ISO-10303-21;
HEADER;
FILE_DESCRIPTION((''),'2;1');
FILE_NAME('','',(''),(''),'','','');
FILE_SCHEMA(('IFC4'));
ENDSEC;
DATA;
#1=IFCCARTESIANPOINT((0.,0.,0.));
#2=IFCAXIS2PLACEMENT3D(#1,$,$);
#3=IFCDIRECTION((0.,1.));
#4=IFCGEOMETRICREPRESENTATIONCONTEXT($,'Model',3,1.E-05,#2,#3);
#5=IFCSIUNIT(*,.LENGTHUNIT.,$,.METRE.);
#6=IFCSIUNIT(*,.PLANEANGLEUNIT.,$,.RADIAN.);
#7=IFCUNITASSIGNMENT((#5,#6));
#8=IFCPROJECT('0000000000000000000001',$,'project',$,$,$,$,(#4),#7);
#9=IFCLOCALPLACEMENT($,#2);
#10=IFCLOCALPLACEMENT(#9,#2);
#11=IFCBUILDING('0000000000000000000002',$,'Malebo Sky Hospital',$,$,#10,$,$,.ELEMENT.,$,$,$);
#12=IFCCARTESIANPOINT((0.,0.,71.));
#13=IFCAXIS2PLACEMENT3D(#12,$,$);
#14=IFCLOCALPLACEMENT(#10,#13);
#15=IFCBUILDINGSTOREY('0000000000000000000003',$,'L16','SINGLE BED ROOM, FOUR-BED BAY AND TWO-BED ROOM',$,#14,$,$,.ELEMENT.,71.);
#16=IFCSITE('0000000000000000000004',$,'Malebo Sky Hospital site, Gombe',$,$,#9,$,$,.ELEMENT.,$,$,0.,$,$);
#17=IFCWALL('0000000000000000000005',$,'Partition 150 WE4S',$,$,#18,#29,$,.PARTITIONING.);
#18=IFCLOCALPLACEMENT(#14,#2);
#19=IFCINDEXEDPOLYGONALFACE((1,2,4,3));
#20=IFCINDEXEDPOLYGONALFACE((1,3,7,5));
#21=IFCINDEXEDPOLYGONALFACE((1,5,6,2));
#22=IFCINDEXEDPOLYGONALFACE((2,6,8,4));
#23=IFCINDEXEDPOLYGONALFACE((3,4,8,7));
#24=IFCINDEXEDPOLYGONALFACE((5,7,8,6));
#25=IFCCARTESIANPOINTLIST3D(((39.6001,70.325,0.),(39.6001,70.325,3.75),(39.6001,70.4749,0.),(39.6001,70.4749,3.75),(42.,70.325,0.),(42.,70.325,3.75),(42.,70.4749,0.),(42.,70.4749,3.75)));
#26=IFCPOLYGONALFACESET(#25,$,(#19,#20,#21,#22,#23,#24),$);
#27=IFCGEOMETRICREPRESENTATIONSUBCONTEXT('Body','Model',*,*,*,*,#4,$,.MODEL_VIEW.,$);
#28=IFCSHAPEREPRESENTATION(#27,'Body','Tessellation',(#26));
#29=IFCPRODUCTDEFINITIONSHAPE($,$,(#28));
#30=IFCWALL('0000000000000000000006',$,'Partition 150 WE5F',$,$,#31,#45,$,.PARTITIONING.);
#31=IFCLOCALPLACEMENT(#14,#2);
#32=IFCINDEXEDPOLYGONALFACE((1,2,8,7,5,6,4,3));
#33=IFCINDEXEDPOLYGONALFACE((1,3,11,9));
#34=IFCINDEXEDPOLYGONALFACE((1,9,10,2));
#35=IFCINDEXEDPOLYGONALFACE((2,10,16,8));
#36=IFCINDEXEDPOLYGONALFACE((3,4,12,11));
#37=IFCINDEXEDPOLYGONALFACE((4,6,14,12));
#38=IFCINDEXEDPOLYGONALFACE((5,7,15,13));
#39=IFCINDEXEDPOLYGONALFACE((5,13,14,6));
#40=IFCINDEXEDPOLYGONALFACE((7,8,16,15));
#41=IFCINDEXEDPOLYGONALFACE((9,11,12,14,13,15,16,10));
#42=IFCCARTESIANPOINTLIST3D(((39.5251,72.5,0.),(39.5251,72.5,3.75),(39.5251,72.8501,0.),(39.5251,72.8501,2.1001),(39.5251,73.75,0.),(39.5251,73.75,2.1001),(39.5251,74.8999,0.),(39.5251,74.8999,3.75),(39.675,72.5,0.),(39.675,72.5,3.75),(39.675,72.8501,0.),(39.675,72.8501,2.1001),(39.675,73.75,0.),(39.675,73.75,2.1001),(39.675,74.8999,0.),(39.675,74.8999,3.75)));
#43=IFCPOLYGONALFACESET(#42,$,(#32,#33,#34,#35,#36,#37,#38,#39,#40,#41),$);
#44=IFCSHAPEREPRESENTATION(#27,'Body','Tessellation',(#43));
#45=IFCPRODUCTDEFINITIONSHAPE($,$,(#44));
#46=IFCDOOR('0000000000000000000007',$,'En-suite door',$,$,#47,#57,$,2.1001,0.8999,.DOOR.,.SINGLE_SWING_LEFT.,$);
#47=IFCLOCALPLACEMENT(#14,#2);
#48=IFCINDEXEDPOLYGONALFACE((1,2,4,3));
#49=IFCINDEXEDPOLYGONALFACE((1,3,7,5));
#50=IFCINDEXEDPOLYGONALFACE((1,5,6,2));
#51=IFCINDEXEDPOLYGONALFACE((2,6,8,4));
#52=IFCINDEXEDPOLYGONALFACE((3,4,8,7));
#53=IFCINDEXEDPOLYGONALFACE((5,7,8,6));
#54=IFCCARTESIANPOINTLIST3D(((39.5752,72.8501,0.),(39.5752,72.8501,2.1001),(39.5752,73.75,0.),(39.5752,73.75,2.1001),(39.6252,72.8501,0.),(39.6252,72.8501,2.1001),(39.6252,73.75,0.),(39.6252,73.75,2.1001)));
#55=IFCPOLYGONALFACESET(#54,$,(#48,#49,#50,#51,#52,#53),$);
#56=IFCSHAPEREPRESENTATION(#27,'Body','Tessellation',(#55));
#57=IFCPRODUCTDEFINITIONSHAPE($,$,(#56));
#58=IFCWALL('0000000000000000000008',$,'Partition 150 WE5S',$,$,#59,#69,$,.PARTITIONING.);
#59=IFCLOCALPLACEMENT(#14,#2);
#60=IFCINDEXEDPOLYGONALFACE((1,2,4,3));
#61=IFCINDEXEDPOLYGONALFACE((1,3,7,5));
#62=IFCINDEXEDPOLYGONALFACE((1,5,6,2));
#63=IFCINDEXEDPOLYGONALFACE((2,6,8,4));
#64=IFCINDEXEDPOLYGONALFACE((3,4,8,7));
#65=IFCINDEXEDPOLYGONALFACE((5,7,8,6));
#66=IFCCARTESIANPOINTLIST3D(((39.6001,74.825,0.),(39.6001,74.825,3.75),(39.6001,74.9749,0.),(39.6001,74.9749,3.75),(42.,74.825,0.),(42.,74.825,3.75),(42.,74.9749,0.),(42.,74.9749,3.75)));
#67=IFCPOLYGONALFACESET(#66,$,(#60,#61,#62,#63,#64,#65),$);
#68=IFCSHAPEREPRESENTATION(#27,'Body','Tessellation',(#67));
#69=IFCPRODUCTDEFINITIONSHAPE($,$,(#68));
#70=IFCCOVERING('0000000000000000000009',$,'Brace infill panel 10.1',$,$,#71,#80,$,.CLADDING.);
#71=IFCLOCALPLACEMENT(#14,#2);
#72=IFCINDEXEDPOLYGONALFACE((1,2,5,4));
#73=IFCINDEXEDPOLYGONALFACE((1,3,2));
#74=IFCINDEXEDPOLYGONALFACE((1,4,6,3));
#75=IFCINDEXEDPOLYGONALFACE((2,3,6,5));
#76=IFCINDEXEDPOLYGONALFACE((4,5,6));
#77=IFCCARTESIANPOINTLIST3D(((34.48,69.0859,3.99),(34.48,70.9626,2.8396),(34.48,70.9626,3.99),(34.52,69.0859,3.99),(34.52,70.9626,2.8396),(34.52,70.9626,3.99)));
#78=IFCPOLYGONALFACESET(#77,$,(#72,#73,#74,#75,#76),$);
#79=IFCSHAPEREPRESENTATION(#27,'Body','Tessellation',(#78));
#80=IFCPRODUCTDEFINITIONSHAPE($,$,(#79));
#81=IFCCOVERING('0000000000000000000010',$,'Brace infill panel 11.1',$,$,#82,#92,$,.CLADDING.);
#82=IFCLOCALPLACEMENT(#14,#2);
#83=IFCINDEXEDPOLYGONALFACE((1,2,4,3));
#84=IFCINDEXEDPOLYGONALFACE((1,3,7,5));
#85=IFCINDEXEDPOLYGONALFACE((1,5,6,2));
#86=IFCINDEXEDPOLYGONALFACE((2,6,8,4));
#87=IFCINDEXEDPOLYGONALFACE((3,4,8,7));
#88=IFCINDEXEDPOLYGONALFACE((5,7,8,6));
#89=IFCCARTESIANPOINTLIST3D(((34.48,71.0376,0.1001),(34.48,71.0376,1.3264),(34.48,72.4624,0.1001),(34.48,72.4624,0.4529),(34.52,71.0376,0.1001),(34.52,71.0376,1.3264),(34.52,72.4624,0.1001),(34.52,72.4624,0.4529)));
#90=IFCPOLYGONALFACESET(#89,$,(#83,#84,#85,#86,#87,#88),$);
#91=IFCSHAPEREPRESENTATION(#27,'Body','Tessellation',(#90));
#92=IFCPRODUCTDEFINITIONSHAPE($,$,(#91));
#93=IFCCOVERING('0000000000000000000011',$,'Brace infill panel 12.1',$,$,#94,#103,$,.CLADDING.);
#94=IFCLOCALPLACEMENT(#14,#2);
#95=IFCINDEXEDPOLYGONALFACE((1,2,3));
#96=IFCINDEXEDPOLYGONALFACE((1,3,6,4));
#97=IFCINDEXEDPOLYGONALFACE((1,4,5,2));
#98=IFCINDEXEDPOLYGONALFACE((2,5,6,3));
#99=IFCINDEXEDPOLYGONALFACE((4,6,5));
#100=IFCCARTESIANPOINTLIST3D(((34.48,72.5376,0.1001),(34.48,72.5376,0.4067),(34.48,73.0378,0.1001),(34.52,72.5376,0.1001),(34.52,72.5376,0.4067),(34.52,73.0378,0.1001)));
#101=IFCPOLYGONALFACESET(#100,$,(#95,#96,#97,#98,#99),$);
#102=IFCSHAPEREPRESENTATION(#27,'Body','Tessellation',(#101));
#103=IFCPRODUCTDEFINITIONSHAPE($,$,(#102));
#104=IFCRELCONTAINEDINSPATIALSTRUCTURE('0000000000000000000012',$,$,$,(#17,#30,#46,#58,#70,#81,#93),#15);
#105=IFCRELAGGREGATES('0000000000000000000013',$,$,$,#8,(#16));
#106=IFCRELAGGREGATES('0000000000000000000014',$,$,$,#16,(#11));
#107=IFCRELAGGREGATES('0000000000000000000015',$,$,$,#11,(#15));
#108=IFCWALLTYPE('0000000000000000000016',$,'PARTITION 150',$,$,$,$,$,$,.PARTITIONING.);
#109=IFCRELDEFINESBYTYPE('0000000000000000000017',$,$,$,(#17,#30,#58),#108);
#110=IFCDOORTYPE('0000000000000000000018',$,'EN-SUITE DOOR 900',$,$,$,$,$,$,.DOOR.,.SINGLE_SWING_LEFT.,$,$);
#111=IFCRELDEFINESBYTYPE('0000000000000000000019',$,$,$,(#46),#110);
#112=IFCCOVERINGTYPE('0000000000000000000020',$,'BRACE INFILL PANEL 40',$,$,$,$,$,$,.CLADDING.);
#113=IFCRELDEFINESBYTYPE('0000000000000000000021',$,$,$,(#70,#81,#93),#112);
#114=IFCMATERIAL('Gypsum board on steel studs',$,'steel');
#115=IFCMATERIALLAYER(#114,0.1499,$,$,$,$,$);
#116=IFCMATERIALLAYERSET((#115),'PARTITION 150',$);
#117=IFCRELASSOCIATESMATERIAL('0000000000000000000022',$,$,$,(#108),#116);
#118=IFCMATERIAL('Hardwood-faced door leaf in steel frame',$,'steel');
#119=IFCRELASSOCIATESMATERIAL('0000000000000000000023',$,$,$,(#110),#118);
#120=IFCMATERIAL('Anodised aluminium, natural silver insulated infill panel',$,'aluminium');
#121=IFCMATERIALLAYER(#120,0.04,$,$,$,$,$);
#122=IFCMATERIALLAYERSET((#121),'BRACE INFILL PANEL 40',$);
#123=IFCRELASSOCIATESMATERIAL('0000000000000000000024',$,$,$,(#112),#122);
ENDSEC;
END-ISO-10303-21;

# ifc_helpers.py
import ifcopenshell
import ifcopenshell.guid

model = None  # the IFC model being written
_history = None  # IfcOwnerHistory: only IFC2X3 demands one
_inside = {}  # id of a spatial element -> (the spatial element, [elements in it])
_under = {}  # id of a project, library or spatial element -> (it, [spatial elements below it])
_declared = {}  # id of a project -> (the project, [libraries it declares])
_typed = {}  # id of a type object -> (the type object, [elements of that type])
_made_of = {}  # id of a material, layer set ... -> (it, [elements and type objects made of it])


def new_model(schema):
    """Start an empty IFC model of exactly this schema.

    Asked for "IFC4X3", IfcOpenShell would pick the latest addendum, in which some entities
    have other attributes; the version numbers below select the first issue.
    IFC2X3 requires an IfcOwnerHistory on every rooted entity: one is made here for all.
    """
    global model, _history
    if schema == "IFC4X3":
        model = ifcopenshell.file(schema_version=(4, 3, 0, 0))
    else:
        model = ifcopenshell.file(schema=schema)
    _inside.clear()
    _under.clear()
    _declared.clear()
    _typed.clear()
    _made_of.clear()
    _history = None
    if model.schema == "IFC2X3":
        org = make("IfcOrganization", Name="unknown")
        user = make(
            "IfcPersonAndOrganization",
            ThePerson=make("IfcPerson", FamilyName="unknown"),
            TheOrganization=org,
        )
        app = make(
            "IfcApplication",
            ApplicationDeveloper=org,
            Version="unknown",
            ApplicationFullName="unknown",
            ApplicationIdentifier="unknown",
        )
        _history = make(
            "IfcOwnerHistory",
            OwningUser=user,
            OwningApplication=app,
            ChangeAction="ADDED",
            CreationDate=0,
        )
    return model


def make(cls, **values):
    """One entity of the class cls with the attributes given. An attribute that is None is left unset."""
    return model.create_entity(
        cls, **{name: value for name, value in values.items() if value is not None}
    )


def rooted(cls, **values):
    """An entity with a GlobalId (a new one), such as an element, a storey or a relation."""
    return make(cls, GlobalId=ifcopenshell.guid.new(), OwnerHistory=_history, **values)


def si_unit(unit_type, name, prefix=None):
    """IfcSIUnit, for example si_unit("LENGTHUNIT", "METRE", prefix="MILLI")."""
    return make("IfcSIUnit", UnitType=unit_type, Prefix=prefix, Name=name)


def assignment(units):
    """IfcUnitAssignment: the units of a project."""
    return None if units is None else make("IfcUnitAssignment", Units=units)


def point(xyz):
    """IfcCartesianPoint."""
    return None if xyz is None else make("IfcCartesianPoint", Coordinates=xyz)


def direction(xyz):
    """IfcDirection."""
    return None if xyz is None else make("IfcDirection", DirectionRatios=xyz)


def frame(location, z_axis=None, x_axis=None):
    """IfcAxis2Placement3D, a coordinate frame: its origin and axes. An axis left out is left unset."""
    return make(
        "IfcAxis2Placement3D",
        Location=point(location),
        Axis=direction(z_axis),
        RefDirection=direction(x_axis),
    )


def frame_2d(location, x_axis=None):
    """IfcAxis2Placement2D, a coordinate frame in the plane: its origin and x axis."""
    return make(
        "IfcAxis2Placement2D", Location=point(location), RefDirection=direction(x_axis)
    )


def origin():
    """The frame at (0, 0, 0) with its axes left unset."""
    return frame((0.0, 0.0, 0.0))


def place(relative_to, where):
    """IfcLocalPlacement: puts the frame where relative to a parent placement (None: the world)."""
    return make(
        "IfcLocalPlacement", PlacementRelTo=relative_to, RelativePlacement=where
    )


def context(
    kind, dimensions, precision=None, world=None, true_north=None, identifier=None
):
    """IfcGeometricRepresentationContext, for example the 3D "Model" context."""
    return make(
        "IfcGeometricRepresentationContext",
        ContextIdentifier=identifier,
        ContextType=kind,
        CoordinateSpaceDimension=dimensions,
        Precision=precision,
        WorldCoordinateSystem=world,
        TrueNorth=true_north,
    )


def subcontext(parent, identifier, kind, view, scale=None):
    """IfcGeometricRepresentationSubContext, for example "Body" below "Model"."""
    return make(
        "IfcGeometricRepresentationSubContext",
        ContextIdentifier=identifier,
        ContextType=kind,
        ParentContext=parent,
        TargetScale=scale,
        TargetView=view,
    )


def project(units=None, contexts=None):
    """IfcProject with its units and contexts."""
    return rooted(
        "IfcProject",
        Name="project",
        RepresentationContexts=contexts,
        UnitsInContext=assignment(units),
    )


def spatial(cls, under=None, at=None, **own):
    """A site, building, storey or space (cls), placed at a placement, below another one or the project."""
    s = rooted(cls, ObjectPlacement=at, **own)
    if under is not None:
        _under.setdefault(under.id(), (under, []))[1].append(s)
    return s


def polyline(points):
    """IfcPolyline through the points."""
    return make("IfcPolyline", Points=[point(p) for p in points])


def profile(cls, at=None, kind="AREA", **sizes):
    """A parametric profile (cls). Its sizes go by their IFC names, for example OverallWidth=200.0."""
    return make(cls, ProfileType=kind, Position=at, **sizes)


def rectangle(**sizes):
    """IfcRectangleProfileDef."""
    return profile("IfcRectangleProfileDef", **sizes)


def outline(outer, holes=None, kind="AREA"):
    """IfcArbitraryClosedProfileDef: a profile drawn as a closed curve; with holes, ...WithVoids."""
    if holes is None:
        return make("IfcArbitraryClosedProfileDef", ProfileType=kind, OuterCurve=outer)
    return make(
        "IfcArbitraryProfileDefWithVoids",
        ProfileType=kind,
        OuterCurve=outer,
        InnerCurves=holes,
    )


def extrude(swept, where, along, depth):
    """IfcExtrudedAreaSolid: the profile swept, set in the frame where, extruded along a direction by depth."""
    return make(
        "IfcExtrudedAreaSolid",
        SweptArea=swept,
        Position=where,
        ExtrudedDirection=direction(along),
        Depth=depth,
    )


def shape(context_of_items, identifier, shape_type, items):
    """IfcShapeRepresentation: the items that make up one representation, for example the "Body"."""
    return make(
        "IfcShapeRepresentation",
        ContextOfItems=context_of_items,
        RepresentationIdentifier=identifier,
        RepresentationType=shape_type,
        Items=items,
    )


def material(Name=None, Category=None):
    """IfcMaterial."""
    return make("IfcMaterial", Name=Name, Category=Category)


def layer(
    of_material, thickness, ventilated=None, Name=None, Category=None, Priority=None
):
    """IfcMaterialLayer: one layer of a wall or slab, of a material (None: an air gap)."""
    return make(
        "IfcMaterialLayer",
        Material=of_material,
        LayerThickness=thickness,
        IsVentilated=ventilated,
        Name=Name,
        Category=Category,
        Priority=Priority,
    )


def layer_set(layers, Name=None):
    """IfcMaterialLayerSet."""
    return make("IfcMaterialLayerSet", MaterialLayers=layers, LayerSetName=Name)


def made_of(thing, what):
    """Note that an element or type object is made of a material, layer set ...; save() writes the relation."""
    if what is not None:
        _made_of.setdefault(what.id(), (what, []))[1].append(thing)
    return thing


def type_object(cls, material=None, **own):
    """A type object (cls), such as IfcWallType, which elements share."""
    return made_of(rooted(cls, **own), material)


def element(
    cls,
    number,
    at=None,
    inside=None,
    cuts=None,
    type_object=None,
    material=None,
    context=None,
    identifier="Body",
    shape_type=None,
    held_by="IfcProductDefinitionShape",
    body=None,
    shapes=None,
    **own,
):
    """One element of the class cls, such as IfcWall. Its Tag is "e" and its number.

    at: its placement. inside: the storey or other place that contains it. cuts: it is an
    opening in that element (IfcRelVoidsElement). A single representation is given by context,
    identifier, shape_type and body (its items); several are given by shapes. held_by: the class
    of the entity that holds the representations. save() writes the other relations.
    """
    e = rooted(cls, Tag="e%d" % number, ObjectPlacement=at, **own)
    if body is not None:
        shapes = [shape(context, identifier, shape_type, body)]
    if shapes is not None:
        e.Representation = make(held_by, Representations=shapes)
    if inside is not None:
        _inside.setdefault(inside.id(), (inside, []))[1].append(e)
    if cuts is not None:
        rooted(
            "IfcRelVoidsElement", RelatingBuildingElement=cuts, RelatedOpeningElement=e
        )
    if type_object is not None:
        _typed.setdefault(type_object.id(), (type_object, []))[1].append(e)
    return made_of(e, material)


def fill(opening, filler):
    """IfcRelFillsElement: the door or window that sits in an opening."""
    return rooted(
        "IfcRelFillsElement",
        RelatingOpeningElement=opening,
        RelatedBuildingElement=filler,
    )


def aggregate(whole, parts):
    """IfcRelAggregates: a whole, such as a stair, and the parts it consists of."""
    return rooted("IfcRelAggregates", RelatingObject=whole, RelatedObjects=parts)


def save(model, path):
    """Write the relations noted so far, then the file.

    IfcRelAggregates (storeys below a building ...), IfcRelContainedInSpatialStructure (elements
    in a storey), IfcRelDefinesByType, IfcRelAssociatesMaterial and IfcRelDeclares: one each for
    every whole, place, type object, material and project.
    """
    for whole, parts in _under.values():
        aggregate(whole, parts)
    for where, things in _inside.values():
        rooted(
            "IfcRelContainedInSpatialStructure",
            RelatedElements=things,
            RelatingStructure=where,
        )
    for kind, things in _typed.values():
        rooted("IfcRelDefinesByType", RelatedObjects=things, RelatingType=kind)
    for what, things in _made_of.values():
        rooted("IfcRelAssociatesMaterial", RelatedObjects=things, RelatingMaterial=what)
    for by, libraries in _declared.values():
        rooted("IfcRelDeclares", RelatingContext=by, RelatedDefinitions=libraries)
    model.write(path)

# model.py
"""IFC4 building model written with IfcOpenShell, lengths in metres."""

from ifc_helpers import new_model, si_unit, direction, frame, frame_2d, origin, place, context, subcontext, project, spatial, polyline, rectangle, outline, extrude, material, layer, layer_set, type_object, element, fill, save


model = new_model("IFC4")

# Units and contexts
model_context = context("Model", 3, precision=1e-05, world=origin(), true_north=direction((0.0, 1.0)))
body_context = subcontext(model_context, "Body", "Model", "MODEL_VIEW")
ifc_project = project(units=[si_unit("LENGTHUNIT", "METRE"), si_unit("PLANEANGLEUNIT", "RADIAN")], contexts=[model_context])

# Site, building, storey
site_placement = place(None, origin())
site = spatial("IfcSite", under=ifc_project, at=site_placement, Name="Malebo Sky Hospital site, Gombe", CompositionType="ELEMENT", RefElevation=0.0)
building_placement = place(site_placement, origin())
building = spatial("IfcBuilding", under=site, at=building_placement, Name="Malebo Sky Hospital", CompositionType="ELEMENT")
storey_placement = place(building_placement, frame((0.0, 0.0, 71.0)))
storey = spatial("IfcBuildingStorey", under=building, at=storey_placement, Name="L16", Description="SINGLE BED ROOM, FOUR-BED BAY AND TWO-BED ROOM", CompositionType="ELEMENT", Elevation=71.0)

# Shared definitions
ifc_material_1 = material(Name="Gypsum board on steel studs", Category="steel")
ifc_layer_1 = layer(ifc_material_1, 0.1499)
ifc_layer_set_1 = layer_set([ifc_layer_1], Name="PARTITION 150")
wall_type = type_object("IfcWallType", Name="PARTITION 150", PredefinedType="PARTITIONING", material=ifc_layer_set_1)

# Shared definitions
ifc_material_2 = material(Name="Hardwood-faced door leaf in steel frame", Category="steel")
door_type = type_object("IfcDoorType", Name="EN-SUITE DOOR 900", OperationType="SINGLE_SWING_LEFT", PredefinedType="DOOR", material=ifc_material_2)

# Wall
wall_1_placement = place(storey_placement, frame((42.0, 70.3999, 0.0), z_axis=(0.0, 0.0, 1.0), x_axis=(-1.0, 0.0, 0.0)))
element("IfcWall", 1, at=wall_1_placement, inside=storey, type_object=wall_type, Name="Partition 150 WE4S", PredefinedType="PARTITIONING", context=body_context, shape_type="SweptSolid", body=[
    extrude(rectangle(XDim=2.3999, YDim=0.1499, at=frame_2d((1.2, 0.0))), origin(), (0.0, 0.0, 1.0), 3.75),
])

# Wall, opening, door
wall_2_placement = place(storey_placement, frame((39.6001, 72.5, 0.0), z_axis=(0.0, 0.0, 1.0), x_axis=(0.0, 1.0, 0.0)))
wall_2 = element("IfcWall", 2, at=wall_2_placement, inside=storey, type_object=wall_type, Name="Partition 150 WE5F", PredefinedType="PARTITIONING", context=body_context, shape_type="SweptSolid", body=[
    extrude(rectangle(XDim=2.3999, YDim=0.1499, at=frame_2d((1.2, 0.0))), origin(), (0.0, 0.0, 1.0), 3.75),
])
opening_1_placement = place(wall_2_placement, frame((0.3501, 0.0, 0.0)))
opening_1 = element("IfcOpeningElement", 3, at=opening_1_placement, cuts=wall_2, PredefinedType="OPENING", context=body_context, shape_type="SweptSolid", body=[
    extrude(rectangle(XDim=0.8999, YDim=2.1001, at=frame_2d((0.45, 1.05))), frame((0.0, 0.085, 0.0), z_axis=(0.0, -1.0, 0.0), x_axis=(1.0, 0.0, 0.0)), (0.0, 0.0, 1.0), 0.1699),
])
door_1_placement = place(opening_1_placement, origin())
door_1 = element("IfcDoor", 4, at=door_1_placement, inside=storey, type_object=door_type, Name="En-suite door", OperationType="SINGLE_SWING_LEFT", OverallHeight=2.1001, OverallWidth=0.8999, PredefinedType="DOOR", context=body_context, shape_type="SweptSolid", body=[
    extrude(rectangle(XDim=0.8999, YDim=2.1001, at=frame_2d((0.45, 1.05))), frame((0.0, 0.0249, 0.0), z_axis=(0.0, -1.0, 0.0), x_axis=(1.0, 0.0, 0.0)), (0.0, 0.0, 1.0), 0.05),
])
fill(opening_1, door_1)

# Wall
wall_3_placement = place(storey_placement, frame((42.0, 74.8999, 0.0), z_axis=(0.0, 0.0, 1.0), x_axis=(-1.0, 0.0, 0.0)))
element("IfcWall", 5, at=wall_3_placement, inside=storey, type_object=wall_type, Name="Partition 150 WE5S", PredefinedType="PARTITIONING", context=body_context, shape_type="SweptSolid", body=[
    extrude(rectangle(XDim=2.3999, YDim=0.1499, at=frame_2d((1.2, 0.0))), origin(), (0.0, 0.0, 1.0), 3.75),
])

# Coverings
ifc_material_3 = material(Name="Anodised aluminium, natural silver insulated infill panel", Category="aluminium")
ifc_layer_2 = layer(ifc_material_3, 0.04)
ifc_layer_set_2 = layer_set([ifc_layer_2], Name="BRACE INFILL PANEL 40")
covering_type = type_object("IfcCoveringType", Name="BRACE INFILL PANEL 40", PredefinedType="CLADDING", material=ifc_layer_set_2)
covering_1_placement = place(storey_placement, frame((34.5, 70.0242, 2.8396), z_axis=(0.0, 0.0, 1.0), x_axis=(0.0, 1.0, 0.0)))
element("IfcCovering", 6, at=covering_1_placement, inside=storey, type_object=covering_type, Name="Brace infill panel 10.1", PredefinedType="CLADDING", context=body_context, shape_type="SweptSolid", body=[
    extrude(outline(polyline([(0.9385, 0.0), (0.9385, 1.1504), (-0.9382, 1.1504), (0.9385, 0.0)])), frame((0.0, 0.02, 0.0), z_axis=(0.0, -1.0, 0.0), x_axis=(1.0, 0.0, 0.0)), (0.0, 0.0, 1.0), 0.04),
])
covering_2_placement = place(storey_placement, frame((34.5, 71.75, 0.1001), z_axis=(0.0, 0.0, 1.0), x_axis=(0.0, 1.0, 0.0)))
element("IfcCovering", 7, at=covering_2_placement, inside=storey, type_object=covering_type, Name="Brace infill panel 11.1", PredefinedType="CLADDING", context=body_context, shape_type="SweptSolid", body=[
    extrude(outline(polyline([(-0.7124, 0.0), (0.7124, 0.0), (0.7124, 0.3528), (-0.7124, 1.2263), (-0.7124, 0.0)])), frame((0.0, 0.02, 0.0), z_axis=(0.0, -1.0, 0.0), x_axis=(1.0, 0.0, 0.0)), (0.0, 0.0, 1.0), 0.04),
])
covering_3_placement = place(storey_placement, frame((34.5, 72.7876, 0.1001), z_axis=(0.0, 0.0, 1.0), x_axis=(0.0, 1.0, 0.0)))
element("IfcCovering", 8, at=covering_3_placement, inside=storey, type_object=covering_type, Name="Brace infill panel 12.1", PredefinedType="CLADDING", context=body_context, shape_type="SweptSolid", body=[
    extrude(outline(polyline([(-0.25, 0.0), (0.2502, 0.0), (-0.25, 0.3066), (-0.25, 0.0)])), frame((0.0, 0.02, 0.0), z_axis=(0.0, -1.0, 0.0), x_axis=(1.0, 0.0, 0.0)), (0.0, 0.0, 1.0), 0.04),
])

save(model, "model.ifc")
